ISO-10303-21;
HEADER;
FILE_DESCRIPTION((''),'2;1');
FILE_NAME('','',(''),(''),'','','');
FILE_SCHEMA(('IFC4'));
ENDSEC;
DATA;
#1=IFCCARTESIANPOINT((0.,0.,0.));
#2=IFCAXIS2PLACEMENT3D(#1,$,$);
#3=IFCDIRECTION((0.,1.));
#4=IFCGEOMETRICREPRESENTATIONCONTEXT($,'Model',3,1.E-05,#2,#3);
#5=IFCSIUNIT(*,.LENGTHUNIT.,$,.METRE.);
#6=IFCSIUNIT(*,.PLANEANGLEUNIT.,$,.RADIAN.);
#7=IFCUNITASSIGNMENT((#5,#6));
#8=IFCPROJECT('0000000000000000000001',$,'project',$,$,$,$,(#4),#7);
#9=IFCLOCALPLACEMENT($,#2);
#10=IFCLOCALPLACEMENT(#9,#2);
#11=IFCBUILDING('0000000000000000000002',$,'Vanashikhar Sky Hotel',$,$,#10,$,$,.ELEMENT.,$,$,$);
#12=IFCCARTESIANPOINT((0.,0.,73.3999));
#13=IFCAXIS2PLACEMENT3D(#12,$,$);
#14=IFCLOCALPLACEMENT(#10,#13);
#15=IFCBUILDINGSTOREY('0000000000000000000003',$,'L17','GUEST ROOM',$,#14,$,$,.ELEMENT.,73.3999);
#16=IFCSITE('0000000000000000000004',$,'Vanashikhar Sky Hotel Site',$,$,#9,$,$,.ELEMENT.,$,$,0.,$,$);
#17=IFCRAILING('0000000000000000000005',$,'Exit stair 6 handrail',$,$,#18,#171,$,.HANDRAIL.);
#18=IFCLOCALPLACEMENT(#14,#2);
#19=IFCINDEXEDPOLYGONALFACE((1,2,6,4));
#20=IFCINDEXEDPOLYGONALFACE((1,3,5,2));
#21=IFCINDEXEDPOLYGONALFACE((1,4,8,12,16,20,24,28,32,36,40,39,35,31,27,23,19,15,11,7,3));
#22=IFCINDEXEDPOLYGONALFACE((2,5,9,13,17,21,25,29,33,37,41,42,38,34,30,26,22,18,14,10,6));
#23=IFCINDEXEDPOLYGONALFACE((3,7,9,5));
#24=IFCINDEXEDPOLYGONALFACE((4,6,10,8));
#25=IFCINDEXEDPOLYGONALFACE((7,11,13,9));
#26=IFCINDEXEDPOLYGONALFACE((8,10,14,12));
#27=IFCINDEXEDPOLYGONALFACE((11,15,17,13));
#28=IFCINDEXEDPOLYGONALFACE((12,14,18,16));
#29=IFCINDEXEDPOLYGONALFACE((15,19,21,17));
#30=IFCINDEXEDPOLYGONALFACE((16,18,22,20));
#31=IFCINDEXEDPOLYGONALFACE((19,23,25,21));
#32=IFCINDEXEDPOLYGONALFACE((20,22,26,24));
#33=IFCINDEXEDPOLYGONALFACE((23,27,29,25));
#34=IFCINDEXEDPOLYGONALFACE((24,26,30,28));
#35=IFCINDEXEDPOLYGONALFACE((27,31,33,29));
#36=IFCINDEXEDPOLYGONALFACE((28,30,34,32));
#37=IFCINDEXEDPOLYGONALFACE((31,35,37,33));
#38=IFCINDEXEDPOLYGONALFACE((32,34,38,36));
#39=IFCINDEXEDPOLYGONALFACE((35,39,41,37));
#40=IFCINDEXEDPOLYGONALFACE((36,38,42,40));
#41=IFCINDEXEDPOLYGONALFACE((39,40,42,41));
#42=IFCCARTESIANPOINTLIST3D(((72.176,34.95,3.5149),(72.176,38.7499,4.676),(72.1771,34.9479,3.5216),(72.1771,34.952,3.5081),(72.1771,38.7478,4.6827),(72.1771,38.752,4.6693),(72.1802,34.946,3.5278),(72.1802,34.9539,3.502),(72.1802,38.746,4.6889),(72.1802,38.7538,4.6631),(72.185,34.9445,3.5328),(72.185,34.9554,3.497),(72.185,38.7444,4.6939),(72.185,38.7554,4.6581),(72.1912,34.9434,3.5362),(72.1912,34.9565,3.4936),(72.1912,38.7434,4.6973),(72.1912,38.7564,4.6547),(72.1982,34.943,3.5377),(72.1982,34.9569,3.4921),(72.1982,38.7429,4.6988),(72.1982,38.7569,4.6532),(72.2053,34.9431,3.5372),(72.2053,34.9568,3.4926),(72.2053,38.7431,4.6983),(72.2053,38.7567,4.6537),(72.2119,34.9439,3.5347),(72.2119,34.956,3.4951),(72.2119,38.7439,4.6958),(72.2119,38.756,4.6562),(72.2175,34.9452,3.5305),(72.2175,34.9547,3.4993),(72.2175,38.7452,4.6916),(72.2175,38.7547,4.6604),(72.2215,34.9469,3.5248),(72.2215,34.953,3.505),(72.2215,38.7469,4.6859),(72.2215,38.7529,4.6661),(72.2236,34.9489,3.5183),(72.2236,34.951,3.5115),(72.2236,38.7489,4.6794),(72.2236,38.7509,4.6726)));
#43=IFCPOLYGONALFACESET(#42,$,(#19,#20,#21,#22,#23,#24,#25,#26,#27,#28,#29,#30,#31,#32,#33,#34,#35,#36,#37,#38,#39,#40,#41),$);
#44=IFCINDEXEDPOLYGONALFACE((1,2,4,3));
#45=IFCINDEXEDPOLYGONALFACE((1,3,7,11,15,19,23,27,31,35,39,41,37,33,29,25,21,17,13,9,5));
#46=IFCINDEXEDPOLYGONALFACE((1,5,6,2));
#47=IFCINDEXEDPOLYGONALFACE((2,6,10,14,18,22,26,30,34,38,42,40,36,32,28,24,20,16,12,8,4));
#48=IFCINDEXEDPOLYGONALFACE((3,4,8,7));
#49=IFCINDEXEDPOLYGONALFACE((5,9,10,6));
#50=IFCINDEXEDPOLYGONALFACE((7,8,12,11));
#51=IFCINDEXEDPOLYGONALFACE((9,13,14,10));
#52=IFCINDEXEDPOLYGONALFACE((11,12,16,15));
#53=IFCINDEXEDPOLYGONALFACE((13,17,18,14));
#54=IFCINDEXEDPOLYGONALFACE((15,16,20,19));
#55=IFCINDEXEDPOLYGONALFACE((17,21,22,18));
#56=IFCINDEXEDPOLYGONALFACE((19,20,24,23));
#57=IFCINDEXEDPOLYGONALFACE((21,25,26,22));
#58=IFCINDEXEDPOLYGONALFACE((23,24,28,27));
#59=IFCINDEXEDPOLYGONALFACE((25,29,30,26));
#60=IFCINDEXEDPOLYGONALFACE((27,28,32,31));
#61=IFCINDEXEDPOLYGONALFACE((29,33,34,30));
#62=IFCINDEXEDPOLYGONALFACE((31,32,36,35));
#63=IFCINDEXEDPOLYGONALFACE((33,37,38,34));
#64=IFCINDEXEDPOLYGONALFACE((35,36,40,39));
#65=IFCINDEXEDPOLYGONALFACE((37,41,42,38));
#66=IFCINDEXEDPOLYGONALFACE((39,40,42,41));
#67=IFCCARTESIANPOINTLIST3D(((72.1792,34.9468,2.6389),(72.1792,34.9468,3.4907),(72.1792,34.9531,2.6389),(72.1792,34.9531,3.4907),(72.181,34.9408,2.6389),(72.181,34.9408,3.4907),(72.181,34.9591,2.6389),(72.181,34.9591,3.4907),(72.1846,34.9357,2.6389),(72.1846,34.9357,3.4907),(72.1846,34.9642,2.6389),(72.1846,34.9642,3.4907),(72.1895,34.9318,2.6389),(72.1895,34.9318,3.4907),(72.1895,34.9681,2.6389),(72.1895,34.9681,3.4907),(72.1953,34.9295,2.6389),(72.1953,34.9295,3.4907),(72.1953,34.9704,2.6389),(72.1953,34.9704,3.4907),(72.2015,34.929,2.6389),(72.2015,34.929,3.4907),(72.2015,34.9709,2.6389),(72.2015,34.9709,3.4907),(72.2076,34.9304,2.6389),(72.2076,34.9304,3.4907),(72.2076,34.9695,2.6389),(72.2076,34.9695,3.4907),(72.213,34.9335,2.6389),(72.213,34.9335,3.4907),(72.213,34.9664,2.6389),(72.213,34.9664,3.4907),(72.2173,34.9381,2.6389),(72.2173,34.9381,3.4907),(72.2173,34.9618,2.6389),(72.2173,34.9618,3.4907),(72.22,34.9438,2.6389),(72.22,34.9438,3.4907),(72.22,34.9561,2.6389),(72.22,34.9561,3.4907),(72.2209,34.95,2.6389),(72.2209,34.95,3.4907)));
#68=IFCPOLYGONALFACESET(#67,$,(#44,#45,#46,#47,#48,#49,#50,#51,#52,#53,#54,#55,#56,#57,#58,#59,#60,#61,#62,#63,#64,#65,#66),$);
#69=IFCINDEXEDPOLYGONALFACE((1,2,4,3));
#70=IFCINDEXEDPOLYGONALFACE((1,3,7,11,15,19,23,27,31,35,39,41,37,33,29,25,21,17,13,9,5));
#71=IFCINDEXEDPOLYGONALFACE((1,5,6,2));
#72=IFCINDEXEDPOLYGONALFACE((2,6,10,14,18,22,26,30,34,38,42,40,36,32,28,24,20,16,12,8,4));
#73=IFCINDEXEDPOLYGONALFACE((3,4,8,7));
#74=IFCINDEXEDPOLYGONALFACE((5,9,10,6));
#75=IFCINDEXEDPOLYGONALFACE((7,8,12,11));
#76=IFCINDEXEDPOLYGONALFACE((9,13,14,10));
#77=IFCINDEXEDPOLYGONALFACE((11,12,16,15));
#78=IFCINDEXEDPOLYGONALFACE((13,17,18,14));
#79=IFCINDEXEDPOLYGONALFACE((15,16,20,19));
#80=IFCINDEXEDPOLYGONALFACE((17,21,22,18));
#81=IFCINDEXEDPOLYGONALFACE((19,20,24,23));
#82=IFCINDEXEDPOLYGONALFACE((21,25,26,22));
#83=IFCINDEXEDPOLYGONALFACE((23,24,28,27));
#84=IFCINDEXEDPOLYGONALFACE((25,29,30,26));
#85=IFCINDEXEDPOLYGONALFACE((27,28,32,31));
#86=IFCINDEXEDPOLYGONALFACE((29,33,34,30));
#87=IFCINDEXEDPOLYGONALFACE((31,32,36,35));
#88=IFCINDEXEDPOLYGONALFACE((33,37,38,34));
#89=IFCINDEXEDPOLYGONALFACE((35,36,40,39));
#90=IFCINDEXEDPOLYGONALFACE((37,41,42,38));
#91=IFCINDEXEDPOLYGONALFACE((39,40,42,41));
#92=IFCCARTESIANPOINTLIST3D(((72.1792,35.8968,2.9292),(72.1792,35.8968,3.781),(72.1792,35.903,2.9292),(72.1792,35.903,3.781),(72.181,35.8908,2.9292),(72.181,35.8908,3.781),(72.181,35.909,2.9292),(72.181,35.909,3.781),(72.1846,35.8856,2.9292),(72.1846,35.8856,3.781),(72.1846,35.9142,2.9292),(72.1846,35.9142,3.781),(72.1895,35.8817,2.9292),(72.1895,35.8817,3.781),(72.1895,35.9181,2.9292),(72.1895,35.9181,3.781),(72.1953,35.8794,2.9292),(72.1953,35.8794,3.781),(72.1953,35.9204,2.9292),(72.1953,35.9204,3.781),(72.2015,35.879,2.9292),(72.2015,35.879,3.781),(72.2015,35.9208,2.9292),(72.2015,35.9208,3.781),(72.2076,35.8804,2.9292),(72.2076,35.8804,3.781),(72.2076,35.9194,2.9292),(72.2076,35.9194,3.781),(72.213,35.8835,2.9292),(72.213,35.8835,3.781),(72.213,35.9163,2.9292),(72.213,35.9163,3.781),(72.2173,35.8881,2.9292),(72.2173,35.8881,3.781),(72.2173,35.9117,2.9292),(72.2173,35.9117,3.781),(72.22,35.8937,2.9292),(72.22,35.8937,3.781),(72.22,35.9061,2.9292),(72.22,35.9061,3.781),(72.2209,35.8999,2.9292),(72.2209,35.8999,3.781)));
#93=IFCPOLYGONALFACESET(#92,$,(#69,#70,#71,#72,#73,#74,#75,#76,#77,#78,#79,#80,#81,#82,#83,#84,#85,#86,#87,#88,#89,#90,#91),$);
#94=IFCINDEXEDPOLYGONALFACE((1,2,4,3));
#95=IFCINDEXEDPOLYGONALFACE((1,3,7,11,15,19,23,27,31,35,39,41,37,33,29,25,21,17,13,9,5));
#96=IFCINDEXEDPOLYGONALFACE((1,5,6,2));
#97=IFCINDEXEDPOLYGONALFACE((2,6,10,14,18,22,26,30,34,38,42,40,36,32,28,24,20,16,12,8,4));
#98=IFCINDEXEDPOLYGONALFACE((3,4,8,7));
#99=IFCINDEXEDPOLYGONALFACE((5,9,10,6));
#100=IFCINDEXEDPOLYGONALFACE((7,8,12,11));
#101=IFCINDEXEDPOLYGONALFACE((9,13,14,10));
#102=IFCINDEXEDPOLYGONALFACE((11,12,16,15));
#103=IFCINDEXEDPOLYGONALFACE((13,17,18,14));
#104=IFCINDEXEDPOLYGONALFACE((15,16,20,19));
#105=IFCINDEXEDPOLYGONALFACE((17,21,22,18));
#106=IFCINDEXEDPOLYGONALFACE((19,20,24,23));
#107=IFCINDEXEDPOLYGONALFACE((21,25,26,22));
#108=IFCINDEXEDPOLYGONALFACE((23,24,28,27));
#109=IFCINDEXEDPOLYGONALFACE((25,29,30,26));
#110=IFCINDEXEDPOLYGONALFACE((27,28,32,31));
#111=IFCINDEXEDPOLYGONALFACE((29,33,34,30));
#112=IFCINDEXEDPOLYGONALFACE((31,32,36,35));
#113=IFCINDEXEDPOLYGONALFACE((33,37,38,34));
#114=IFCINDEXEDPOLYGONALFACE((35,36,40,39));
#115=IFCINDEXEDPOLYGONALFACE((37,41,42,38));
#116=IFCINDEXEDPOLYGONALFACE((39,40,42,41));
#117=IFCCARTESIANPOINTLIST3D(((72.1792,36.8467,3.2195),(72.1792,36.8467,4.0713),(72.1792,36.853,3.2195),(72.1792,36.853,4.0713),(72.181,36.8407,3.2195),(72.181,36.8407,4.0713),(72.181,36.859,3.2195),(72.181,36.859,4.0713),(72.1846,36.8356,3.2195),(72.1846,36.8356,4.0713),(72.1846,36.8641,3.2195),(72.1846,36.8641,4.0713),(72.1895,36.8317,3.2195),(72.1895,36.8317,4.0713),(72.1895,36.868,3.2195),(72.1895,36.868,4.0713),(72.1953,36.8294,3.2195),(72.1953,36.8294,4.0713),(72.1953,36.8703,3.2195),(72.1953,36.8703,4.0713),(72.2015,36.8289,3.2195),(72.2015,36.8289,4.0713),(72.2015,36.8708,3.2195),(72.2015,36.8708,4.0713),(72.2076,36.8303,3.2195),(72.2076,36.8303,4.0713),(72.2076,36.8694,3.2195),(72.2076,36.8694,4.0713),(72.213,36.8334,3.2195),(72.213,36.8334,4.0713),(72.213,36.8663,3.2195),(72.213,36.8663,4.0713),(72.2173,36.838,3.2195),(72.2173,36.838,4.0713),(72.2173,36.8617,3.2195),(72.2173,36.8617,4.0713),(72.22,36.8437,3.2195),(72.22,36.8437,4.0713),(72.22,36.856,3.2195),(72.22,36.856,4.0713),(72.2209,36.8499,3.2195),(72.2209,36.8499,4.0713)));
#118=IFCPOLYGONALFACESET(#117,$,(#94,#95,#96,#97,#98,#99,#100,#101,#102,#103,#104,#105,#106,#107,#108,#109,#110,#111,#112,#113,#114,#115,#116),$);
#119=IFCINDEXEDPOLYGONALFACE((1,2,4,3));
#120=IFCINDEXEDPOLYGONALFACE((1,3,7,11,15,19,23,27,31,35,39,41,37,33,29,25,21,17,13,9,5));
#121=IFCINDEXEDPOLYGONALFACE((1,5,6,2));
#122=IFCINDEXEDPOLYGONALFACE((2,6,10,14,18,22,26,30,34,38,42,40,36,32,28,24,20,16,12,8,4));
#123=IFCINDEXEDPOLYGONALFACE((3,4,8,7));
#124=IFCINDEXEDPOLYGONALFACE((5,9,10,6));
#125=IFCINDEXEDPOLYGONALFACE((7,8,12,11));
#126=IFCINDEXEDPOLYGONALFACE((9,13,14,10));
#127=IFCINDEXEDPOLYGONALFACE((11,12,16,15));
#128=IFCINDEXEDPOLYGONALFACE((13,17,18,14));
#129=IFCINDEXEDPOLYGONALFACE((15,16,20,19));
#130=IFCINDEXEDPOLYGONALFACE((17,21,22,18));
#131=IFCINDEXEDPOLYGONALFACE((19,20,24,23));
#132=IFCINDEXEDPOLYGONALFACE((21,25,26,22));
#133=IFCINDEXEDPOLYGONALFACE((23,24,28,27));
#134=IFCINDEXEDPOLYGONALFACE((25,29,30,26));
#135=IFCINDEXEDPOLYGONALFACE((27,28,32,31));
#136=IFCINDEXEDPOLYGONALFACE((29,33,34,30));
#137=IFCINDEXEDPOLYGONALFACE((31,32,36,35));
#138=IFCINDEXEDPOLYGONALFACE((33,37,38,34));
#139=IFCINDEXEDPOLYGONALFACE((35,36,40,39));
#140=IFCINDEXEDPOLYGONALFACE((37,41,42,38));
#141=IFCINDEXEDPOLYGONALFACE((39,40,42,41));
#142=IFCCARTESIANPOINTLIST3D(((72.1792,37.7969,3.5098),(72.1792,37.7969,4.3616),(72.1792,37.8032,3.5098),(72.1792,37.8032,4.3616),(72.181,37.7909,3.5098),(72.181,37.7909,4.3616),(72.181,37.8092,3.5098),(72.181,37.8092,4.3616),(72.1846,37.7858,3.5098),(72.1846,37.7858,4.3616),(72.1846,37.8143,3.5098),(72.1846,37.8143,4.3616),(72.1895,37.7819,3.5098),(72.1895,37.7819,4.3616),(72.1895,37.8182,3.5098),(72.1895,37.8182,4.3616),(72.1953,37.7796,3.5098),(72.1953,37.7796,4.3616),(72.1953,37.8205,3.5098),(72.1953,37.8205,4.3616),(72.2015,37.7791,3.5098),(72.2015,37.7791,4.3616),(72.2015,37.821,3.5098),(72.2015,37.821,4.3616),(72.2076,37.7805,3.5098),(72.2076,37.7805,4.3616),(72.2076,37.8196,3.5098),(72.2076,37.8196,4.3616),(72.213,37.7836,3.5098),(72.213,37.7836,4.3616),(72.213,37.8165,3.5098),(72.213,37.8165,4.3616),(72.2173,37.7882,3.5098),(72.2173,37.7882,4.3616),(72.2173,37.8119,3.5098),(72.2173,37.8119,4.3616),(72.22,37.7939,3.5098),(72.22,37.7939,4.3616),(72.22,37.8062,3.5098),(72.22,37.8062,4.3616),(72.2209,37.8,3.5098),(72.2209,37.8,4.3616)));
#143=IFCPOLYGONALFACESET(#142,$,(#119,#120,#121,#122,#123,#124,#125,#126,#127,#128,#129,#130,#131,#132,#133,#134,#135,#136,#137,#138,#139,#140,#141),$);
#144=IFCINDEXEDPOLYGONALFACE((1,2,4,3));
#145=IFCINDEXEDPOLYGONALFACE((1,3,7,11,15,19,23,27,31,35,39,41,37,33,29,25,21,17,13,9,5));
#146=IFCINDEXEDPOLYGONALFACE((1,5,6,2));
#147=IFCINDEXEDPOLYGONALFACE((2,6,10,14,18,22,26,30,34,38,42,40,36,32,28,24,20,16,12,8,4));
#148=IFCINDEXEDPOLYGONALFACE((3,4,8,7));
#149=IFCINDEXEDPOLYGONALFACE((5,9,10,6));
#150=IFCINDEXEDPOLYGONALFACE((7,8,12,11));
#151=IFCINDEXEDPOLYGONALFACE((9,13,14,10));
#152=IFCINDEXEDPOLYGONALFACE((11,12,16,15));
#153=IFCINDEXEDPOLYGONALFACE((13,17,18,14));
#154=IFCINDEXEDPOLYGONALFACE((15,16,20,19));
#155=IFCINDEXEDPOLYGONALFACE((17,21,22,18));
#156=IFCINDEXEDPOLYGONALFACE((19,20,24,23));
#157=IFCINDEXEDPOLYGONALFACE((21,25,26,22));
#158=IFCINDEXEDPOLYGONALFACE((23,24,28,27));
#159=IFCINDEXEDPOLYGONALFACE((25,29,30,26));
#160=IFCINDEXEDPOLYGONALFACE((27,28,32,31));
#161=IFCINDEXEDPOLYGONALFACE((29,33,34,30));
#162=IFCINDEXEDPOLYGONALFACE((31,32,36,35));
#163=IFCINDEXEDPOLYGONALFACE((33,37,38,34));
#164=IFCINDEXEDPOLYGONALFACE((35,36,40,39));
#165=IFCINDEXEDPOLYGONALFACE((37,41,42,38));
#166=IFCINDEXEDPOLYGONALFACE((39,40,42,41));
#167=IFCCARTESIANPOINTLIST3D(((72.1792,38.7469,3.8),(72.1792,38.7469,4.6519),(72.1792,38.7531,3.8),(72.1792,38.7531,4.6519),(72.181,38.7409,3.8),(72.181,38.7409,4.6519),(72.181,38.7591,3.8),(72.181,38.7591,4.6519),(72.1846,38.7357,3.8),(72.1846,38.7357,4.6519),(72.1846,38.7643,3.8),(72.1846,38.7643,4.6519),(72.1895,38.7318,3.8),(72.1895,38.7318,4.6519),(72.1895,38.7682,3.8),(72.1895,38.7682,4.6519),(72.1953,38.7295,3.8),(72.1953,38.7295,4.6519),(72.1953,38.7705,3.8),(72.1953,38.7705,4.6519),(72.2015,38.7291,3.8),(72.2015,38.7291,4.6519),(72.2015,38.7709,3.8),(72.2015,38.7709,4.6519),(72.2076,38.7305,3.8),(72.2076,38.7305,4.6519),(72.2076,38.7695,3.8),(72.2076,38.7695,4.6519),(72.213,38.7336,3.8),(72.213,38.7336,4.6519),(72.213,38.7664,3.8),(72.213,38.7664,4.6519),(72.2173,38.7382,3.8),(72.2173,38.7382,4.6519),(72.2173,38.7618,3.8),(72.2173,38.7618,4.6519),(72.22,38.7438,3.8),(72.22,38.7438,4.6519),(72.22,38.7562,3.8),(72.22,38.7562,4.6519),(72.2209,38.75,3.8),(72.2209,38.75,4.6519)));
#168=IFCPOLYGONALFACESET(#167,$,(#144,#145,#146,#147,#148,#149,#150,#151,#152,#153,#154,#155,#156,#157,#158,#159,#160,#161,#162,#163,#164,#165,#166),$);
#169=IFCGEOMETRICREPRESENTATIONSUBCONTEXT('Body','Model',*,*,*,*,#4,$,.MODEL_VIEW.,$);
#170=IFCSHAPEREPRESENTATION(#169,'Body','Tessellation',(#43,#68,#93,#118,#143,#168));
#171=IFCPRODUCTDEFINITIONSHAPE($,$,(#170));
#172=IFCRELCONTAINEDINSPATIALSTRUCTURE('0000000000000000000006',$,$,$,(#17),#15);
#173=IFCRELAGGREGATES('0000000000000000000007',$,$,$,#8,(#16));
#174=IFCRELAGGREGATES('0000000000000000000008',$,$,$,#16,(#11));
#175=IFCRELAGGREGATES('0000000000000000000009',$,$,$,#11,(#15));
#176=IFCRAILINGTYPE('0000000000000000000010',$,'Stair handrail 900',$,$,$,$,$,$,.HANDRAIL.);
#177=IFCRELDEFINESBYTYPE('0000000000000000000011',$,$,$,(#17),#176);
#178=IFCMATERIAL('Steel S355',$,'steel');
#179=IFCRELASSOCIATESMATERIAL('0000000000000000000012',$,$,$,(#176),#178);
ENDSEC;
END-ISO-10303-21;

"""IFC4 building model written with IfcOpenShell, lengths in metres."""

from ifc_helpers import new_model, si_unit, direction, frame, origin, origin_2d, place, context, subcontext, project, spatial, circle, extrude, source, transform, mapped, material, type_object, element, save


model = new_model("IFC4")

# Units and contexts
model_context = context("Model", 3, precision=1e-05, world=origin(), true_north=direction((0.0, 1.0)))
body_context = subcontext(model_context, "Body", "Model", "MODEL_VIEW")
ifc_project = project(units=[si_unit("LENGTHUNIT", "METRE"), si_unit("PLANEANGLEUNIT", "RADIAN")], contexts=[model_context])

# Site, building, storey
site_placement = place(None, origin())
site = spatial("IfcSite", under=ifc_project, at=site_placement, Name="Vanashikhar Sky Hotel Site", CompositionType="ELEMENT", RefElevation=0.0)
building_placement = place(site_placement, origin())
building = spatial("IfcBuilding", under=site, at=building_placement, Name="Vanashikhar Sky Hotel", CompositionType="ELEMENT")
storey_placement = place(building_placement, frame((0.0, 0.0, 73.3999)))
storey = spatial("IfcBuildingStorey", under=building, at=storey_placement, Name="L17", Description="GUEST ROOM", CompositionType="ELEMENT", Elevation=73.3999)

# Railing
ifc_material_1 = material(Name="Steel S355", Category="steel")
railing_type_1 = type_object("IfcRailingType", Name="Stair handrail 900", PredefinedType="HANDRAIL", material=ifc_material_1)
shared_shape_1 = source(origin(), body_context, "Body", "SweptSolid", [
    extrude(circle(Radius=0.0239, at=origin_2d()), frame((0.0, 0.0, 0.876), z_axis=(0.0, 0.956351, 0.29222), x_axis=(-1.0, 0.0, 0.0)), (0.0, 0.0, 1.0), 3.9734),
    extrude(circle(Radius=0.021, at=origin_2d()), origin(), (0.0, 0.0, 1.0), 0.8518),
    extrude(circle(Radius=0.021, at=origin_2d()), frame((0.0, 0.95, 0.2903)), (0.0, 0.0, 1.0), 0.8518),
    extrude(circle(Radius=0.021, at=origin_2d()), frame((0.0, 1.8999, 0.5806)), (0.0, 0.0, 1.0), 0.8518),
    extrude(circle(Radius=0.021, at=origin_2d()), frame((0.0, 2.8501, 0.8708)), (0.0, 0.0, 1.0), 0.8518),
    extrude(circle(Radius=0.021, at=origin_2d()), frame((0.0, 3.8, 1.1611)), (0.0, 0.0, 1.0), 0.8518),
])
for number, where, name in (
    (1, (72.2, 34.95, 2.6389), "Exit stair 6 handrail"),
):
    element("IfcRailing", number, at=place(storey_placement, frame(where)), inside=storey, type_object=railing_type_1, Name=name, PredefinedType="HANDRAIL", context=body_context, shape_type="MappedRepresentation", body=[
        mapped(shared_shape_1, transform((0.0, 0.0, 0.0), scale=1.0)),
    ])

save(model, "model.ifc")
